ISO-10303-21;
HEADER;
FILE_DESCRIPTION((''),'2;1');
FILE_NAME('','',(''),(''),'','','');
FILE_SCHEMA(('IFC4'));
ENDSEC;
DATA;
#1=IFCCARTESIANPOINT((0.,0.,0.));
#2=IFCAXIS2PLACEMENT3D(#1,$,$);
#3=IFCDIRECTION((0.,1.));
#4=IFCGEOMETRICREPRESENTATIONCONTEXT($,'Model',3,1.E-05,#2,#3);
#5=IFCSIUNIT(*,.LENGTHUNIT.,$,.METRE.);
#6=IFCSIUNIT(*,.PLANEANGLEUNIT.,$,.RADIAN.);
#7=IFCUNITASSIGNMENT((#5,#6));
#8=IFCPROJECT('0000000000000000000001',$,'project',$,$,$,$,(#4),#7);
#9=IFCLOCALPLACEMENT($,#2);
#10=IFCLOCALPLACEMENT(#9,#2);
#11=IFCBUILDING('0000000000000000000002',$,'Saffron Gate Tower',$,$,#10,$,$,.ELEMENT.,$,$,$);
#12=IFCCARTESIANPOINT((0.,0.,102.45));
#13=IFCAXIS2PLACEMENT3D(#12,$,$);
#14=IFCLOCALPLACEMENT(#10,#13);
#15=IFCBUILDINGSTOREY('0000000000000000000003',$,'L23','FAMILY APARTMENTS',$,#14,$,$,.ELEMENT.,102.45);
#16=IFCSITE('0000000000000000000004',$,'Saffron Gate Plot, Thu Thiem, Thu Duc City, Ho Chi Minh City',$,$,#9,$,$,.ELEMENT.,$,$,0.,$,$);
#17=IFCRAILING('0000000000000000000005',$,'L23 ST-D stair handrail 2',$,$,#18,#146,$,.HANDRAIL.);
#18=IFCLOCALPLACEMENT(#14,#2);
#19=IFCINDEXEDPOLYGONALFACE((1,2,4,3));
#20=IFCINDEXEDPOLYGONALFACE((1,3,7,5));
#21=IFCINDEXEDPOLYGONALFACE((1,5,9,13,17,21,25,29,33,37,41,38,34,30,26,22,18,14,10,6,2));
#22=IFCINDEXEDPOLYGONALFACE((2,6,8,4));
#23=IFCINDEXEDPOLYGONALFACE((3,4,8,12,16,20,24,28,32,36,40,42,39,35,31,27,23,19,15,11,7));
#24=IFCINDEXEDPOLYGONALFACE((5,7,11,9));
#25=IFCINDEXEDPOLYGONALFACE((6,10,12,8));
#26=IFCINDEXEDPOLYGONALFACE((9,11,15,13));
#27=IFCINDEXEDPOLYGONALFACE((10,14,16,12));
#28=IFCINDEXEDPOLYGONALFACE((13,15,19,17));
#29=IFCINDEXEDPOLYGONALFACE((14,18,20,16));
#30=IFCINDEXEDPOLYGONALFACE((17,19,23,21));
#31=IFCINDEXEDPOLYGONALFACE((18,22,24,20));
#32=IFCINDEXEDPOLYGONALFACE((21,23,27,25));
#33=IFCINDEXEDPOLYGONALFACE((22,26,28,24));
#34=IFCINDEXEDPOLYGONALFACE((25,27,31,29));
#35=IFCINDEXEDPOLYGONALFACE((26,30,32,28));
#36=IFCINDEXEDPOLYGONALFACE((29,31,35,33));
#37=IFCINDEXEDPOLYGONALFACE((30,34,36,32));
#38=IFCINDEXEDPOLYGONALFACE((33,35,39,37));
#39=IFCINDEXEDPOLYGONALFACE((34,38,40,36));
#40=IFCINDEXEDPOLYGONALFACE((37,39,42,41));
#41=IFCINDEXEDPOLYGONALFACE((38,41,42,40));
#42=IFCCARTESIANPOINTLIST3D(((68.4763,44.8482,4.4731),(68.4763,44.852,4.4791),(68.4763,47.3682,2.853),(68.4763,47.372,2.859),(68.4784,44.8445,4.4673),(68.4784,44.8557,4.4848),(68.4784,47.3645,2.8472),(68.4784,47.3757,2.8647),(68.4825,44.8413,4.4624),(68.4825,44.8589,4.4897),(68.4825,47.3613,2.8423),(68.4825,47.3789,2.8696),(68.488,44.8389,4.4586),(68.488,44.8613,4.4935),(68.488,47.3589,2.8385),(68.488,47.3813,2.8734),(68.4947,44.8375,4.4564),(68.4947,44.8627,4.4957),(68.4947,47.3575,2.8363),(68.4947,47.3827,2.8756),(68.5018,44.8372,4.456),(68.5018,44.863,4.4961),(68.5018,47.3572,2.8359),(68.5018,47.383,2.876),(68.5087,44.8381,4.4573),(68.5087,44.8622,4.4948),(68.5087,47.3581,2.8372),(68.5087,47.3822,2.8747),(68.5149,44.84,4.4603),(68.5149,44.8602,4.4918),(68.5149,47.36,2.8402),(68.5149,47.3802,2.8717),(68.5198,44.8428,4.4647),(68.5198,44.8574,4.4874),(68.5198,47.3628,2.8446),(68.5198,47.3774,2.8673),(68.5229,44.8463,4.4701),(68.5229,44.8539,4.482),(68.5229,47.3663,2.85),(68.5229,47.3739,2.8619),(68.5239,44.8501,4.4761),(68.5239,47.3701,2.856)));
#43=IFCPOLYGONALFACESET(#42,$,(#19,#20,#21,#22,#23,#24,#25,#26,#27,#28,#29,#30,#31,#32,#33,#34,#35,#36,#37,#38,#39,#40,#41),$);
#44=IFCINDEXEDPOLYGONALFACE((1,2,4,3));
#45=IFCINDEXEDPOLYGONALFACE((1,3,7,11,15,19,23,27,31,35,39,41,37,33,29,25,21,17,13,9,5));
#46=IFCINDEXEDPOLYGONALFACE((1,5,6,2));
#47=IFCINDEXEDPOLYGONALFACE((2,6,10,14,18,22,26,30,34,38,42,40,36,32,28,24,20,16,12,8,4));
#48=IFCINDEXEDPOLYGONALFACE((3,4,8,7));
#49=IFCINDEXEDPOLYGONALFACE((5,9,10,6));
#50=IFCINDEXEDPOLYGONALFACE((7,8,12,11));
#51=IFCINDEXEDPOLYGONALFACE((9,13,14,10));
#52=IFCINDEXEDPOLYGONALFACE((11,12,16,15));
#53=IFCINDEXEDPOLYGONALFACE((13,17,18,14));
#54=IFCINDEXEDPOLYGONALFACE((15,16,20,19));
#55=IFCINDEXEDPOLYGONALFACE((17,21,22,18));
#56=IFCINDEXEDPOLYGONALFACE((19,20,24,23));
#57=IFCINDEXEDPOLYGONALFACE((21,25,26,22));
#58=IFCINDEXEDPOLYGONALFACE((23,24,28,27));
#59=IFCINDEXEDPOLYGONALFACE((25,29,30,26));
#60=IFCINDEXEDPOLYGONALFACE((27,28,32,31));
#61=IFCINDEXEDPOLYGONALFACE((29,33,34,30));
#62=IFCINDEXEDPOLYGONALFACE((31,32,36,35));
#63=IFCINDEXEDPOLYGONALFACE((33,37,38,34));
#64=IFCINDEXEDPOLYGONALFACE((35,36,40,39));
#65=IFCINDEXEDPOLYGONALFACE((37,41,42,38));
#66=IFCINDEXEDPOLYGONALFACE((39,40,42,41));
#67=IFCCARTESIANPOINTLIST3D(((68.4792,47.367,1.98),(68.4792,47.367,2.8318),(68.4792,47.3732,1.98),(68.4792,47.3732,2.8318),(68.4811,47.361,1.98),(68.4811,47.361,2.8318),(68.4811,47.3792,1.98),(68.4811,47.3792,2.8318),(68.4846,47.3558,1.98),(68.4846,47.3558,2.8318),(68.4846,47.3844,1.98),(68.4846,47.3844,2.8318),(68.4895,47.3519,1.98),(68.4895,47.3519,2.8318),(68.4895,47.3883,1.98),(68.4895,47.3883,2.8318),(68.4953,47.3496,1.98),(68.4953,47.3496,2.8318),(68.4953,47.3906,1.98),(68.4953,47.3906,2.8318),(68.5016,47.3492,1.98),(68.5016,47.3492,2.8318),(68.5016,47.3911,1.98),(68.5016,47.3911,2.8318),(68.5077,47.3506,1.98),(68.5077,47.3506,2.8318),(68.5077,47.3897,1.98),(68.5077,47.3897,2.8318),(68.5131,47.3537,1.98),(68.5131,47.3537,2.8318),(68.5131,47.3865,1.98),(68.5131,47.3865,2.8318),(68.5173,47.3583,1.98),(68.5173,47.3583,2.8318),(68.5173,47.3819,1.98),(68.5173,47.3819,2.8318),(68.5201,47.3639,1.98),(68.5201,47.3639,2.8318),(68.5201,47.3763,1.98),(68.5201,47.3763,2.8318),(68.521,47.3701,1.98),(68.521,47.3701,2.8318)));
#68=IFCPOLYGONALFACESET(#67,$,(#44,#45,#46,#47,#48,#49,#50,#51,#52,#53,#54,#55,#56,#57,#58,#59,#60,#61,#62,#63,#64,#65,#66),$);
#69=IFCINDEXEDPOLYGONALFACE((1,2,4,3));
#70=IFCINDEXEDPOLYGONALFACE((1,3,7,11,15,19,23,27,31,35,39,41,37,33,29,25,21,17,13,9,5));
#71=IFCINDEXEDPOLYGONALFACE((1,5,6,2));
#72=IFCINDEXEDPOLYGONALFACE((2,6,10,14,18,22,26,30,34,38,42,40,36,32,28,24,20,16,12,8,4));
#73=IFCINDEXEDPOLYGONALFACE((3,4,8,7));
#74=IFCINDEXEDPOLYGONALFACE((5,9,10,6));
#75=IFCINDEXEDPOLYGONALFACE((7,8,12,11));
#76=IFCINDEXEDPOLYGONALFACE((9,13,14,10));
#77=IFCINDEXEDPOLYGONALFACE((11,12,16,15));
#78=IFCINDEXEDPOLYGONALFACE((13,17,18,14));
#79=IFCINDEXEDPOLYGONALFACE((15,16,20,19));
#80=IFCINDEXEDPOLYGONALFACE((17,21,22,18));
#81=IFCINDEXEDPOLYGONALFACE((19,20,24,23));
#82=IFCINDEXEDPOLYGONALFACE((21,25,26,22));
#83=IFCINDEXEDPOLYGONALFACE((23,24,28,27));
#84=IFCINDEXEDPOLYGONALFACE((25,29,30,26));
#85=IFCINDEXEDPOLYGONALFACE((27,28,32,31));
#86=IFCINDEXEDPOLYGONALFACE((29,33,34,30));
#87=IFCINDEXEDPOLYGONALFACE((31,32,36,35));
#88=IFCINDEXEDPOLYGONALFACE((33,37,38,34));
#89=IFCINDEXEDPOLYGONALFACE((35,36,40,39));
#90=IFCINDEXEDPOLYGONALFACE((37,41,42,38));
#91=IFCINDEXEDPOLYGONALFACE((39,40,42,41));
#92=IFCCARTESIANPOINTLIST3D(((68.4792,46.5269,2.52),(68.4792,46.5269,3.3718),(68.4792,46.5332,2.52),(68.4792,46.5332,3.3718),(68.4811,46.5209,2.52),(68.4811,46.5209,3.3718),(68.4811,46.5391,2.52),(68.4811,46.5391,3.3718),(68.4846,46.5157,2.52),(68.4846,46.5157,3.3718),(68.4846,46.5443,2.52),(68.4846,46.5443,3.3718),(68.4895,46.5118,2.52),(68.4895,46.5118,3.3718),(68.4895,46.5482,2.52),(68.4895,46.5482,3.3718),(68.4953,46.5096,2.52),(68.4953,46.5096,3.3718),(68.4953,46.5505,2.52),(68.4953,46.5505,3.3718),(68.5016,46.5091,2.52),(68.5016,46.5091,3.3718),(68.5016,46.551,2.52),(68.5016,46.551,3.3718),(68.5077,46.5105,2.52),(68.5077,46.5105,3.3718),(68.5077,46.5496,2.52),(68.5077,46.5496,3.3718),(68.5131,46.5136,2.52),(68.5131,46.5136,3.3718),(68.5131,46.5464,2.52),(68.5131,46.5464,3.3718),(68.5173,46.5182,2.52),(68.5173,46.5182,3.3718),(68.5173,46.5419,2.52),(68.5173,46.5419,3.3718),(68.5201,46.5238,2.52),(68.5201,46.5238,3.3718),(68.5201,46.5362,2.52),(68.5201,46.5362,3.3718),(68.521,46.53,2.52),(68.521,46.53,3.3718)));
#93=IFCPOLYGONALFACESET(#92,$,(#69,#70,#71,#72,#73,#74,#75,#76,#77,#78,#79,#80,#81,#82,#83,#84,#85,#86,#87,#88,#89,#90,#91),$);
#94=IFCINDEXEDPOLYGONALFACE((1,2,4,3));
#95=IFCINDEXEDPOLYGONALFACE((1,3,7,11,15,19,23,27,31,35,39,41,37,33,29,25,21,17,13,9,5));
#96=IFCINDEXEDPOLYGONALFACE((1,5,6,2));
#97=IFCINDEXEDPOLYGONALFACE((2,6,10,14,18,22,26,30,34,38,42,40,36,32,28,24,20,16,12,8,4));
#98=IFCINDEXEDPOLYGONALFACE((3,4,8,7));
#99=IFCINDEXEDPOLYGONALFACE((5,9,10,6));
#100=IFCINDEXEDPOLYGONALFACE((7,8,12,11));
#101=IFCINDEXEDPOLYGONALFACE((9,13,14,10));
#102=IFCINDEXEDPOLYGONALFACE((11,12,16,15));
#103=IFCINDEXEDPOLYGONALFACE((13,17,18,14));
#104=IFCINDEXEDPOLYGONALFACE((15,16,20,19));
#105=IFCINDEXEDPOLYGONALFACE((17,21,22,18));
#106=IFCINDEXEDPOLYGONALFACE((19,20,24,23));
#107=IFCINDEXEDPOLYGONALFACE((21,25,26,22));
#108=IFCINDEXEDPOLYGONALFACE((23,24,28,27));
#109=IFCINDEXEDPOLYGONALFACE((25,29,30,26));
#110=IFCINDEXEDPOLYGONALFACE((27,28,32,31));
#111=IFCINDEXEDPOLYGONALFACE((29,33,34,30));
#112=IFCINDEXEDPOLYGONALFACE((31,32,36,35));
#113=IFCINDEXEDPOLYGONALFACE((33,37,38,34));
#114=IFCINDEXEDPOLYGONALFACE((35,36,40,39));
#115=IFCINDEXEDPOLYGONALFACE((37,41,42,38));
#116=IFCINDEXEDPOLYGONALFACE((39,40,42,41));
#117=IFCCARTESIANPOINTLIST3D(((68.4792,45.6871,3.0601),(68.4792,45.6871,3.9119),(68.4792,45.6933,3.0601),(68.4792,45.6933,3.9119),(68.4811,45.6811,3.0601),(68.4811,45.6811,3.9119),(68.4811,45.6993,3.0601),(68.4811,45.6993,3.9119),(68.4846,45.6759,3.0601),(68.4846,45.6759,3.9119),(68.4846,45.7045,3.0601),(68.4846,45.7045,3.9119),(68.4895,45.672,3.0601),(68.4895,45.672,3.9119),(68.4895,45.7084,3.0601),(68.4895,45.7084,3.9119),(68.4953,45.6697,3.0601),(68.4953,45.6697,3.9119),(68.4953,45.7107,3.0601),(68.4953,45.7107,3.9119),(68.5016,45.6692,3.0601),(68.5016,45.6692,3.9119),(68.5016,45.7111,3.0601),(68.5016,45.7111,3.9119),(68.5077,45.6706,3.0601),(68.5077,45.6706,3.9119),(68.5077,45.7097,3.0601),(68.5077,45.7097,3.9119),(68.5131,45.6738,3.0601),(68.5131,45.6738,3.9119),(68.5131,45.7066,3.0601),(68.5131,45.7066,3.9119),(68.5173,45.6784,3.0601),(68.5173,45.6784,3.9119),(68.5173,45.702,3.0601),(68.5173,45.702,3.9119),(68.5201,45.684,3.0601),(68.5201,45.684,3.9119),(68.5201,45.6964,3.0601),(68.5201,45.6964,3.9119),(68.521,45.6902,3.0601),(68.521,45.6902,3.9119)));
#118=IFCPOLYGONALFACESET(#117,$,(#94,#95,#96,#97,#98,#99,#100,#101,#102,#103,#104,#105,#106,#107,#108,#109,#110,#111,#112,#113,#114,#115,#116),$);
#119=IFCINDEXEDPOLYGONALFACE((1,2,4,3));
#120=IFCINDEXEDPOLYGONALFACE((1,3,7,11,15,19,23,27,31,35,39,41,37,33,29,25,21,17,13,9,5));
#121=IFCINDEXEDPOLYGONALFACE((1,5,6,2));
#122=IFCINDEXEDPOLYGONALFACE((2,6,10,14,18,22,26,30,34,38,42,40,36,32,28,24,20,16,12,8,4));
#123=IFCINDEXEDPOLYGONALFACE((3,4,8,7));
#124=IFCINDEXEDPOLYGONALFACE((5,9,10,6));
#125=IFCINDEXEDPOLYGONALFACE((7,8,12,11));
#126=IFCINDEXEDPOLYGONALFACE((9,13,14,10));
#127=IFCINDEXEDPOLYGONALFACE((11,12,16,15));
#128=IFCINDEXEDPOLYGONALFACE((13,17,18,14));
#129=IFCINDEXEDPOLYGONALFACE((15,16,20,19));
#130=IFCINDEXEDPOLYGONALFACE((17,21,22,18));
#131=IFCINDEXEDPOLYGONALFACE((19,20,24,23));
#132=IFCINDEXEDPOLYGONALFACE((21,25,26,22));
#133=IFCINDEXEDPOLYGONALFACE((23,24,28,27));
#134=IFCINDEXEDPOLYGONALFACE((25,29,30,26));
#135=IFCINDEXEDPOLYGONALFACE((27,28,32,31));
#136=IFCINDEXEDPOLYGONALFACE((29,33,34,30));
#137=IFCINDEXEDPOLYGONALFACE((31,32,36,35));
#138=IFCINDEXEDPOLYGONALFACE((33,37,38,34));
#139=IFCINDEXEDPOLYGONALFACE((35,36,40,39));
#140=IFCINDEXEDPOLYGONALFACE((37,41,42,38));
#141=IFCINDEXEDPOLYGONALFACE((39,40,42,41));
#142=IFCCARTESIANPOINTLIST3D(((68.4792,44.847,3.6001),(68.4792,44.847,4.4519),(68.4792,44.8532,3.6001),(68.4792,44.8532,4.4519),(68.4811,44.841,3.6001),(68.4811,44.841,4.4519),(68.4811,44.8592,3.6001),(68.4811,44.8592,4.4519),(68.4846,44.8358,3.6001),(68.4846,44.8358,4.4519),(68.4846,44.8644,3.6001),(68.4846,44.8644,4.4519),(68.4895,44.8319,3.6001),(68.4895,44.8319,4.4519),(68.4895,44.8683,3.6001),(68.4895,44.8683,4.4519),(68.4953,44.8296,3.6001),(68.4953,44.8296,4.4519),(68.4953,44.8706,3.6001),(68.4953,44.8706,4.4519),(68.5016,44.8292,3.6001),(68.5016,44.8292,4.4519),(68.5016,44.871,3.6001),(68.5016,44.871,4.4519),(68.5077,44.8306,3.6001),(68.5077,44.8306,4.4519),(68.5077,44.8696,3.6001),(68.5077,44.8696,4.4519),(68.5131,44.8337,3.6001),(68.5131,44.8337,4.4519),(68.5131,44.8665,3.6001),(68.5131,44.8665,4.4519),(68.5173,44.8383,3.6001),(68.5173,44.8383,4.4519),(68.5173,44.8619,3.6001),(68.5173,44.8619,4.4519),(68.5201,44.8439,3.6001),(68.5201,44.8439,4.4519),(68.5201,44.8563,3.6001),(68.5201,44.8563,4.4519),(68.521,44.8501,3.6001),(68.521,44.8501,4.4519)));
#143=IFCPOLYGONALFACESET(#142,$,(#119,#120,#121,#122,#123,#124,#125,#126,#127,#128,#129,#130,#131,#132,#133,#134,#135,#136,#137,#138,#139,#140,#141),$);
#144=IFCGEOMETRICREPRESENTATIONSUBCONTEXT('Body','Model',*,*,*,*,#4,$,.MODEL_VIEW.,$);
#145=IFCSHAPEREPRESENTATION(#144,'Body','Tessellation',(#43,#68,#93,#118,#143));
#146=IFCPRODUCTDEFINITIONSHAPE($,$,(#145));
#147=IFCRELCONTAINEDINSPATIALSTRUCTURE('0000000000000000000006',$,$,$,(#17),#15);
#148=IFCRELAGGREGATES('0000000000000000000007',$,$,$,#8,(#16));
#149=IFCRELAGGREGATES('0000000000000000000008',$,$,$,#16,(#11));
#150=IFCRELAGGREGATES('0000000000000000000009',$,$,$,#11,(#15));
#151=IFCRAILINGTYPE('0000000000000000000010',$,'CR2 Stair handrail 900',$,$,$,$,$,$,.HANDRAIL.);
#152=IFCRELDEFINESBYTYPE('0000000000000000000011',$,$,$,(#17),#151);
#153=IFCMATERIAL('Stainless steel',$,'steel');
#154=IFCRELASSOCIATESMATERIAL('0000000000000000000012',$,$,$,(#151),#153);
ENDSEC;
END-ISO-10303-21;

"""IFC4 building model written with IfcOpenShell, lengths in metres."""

from ifc_helpers import new_model, si_unit, direction, frame, origin, origin_2d, place, context, subcontext, project, spatial, circle, extrude, material, type_object, element, save


model = new_model("IFC4")

# Units and contexts
model_context = context("Model", 3, precision=1e-05, world=origin(), true_north=direction((0.0, 1.0)))
body_context = subcontext(model_context, "Body", "Model", "MODEL_VIEW")
ifc_project = project(units=[si_unit("LENGTHUNIT", "METRE"), si_unit("PLANEANGLEUNIT", "RADIAN")], contexts=[model_context])

# Site, building, storey
site_placement = place(None, origin())
site = spatial("IfcSite", under=ifc_project, at=site_placement, Name="Saffron Gate Plot, Thu Thiem, Thu Duc City, Ho Chi Minh City", CompositionType="ELEMENT", RefElevation=0.0)
building_placement = place(site_placement, origin())
building = spatial("IfcBuilding", under=site, at=building_placement, Name="Saffron Gate Tower", CompositionType="ELEMENT")
storey_placement = place(building_placement, frame((0.0, 0.0, 102.45)))
storey = spatial("IfcBuildingStorey", under=building, at=storey_placement, Name="L23", Description="FAMILY APARTMENTS", CompositionType="ELEMENT", Elevation=102.45)

# Railing
ifc_material_1 = material(Name="Stainless steel", Category="steel")
railing_type = type_object("IfcRailingType", Name="CR2 Stair handrail 900", PredefinedType="HANDRAIL", material=ifc_material_1)
railing_1_placement = place(storey_placement, frame((68.5, 47.3701, 1.98)))
element("IfcRailing", 1, at=railing_1_placement, inside=storey, type_object=railing_type, Name="L23 ST-D stair handrail 2", PredefinedType="HANDRAIL", context=body_context, shape_type="SweptSolid", body=[
    extrude(circle(Radius=0.0239, at=origin_2d()), frame((0.0, 0.0, 0.876), z_axis=(0.0, -0.841163, 0.540782), x_axis=(1.0, 0.0, 0.0)), (0.0, 0.0, 1.0), 2.9958),
    extrude(circle(Radius=0.021, at=origin_2d()), origin(), (0.0, 0.0, 1.0), 0.8518),
    extrude(circle(Radius=0.021, at=origin_2d()), frame((0.0, -0.8401, 0.54)), (0.0, 0.0, 1.0), 0.8518),
    extrude(circle(Radius=0.021, at=origin_2d()), frame((0.0, -1.6799, 1.0801)), (0.0, 0.0, 1.0), 0.8518),
    extrude(circle(Radius=0.021, at=origin_2d()), frame((0.0, -2.52, 1.6201)), (0.0, 0.0, 1.0), 0.8518),
])

save(model, "model.ifc")
